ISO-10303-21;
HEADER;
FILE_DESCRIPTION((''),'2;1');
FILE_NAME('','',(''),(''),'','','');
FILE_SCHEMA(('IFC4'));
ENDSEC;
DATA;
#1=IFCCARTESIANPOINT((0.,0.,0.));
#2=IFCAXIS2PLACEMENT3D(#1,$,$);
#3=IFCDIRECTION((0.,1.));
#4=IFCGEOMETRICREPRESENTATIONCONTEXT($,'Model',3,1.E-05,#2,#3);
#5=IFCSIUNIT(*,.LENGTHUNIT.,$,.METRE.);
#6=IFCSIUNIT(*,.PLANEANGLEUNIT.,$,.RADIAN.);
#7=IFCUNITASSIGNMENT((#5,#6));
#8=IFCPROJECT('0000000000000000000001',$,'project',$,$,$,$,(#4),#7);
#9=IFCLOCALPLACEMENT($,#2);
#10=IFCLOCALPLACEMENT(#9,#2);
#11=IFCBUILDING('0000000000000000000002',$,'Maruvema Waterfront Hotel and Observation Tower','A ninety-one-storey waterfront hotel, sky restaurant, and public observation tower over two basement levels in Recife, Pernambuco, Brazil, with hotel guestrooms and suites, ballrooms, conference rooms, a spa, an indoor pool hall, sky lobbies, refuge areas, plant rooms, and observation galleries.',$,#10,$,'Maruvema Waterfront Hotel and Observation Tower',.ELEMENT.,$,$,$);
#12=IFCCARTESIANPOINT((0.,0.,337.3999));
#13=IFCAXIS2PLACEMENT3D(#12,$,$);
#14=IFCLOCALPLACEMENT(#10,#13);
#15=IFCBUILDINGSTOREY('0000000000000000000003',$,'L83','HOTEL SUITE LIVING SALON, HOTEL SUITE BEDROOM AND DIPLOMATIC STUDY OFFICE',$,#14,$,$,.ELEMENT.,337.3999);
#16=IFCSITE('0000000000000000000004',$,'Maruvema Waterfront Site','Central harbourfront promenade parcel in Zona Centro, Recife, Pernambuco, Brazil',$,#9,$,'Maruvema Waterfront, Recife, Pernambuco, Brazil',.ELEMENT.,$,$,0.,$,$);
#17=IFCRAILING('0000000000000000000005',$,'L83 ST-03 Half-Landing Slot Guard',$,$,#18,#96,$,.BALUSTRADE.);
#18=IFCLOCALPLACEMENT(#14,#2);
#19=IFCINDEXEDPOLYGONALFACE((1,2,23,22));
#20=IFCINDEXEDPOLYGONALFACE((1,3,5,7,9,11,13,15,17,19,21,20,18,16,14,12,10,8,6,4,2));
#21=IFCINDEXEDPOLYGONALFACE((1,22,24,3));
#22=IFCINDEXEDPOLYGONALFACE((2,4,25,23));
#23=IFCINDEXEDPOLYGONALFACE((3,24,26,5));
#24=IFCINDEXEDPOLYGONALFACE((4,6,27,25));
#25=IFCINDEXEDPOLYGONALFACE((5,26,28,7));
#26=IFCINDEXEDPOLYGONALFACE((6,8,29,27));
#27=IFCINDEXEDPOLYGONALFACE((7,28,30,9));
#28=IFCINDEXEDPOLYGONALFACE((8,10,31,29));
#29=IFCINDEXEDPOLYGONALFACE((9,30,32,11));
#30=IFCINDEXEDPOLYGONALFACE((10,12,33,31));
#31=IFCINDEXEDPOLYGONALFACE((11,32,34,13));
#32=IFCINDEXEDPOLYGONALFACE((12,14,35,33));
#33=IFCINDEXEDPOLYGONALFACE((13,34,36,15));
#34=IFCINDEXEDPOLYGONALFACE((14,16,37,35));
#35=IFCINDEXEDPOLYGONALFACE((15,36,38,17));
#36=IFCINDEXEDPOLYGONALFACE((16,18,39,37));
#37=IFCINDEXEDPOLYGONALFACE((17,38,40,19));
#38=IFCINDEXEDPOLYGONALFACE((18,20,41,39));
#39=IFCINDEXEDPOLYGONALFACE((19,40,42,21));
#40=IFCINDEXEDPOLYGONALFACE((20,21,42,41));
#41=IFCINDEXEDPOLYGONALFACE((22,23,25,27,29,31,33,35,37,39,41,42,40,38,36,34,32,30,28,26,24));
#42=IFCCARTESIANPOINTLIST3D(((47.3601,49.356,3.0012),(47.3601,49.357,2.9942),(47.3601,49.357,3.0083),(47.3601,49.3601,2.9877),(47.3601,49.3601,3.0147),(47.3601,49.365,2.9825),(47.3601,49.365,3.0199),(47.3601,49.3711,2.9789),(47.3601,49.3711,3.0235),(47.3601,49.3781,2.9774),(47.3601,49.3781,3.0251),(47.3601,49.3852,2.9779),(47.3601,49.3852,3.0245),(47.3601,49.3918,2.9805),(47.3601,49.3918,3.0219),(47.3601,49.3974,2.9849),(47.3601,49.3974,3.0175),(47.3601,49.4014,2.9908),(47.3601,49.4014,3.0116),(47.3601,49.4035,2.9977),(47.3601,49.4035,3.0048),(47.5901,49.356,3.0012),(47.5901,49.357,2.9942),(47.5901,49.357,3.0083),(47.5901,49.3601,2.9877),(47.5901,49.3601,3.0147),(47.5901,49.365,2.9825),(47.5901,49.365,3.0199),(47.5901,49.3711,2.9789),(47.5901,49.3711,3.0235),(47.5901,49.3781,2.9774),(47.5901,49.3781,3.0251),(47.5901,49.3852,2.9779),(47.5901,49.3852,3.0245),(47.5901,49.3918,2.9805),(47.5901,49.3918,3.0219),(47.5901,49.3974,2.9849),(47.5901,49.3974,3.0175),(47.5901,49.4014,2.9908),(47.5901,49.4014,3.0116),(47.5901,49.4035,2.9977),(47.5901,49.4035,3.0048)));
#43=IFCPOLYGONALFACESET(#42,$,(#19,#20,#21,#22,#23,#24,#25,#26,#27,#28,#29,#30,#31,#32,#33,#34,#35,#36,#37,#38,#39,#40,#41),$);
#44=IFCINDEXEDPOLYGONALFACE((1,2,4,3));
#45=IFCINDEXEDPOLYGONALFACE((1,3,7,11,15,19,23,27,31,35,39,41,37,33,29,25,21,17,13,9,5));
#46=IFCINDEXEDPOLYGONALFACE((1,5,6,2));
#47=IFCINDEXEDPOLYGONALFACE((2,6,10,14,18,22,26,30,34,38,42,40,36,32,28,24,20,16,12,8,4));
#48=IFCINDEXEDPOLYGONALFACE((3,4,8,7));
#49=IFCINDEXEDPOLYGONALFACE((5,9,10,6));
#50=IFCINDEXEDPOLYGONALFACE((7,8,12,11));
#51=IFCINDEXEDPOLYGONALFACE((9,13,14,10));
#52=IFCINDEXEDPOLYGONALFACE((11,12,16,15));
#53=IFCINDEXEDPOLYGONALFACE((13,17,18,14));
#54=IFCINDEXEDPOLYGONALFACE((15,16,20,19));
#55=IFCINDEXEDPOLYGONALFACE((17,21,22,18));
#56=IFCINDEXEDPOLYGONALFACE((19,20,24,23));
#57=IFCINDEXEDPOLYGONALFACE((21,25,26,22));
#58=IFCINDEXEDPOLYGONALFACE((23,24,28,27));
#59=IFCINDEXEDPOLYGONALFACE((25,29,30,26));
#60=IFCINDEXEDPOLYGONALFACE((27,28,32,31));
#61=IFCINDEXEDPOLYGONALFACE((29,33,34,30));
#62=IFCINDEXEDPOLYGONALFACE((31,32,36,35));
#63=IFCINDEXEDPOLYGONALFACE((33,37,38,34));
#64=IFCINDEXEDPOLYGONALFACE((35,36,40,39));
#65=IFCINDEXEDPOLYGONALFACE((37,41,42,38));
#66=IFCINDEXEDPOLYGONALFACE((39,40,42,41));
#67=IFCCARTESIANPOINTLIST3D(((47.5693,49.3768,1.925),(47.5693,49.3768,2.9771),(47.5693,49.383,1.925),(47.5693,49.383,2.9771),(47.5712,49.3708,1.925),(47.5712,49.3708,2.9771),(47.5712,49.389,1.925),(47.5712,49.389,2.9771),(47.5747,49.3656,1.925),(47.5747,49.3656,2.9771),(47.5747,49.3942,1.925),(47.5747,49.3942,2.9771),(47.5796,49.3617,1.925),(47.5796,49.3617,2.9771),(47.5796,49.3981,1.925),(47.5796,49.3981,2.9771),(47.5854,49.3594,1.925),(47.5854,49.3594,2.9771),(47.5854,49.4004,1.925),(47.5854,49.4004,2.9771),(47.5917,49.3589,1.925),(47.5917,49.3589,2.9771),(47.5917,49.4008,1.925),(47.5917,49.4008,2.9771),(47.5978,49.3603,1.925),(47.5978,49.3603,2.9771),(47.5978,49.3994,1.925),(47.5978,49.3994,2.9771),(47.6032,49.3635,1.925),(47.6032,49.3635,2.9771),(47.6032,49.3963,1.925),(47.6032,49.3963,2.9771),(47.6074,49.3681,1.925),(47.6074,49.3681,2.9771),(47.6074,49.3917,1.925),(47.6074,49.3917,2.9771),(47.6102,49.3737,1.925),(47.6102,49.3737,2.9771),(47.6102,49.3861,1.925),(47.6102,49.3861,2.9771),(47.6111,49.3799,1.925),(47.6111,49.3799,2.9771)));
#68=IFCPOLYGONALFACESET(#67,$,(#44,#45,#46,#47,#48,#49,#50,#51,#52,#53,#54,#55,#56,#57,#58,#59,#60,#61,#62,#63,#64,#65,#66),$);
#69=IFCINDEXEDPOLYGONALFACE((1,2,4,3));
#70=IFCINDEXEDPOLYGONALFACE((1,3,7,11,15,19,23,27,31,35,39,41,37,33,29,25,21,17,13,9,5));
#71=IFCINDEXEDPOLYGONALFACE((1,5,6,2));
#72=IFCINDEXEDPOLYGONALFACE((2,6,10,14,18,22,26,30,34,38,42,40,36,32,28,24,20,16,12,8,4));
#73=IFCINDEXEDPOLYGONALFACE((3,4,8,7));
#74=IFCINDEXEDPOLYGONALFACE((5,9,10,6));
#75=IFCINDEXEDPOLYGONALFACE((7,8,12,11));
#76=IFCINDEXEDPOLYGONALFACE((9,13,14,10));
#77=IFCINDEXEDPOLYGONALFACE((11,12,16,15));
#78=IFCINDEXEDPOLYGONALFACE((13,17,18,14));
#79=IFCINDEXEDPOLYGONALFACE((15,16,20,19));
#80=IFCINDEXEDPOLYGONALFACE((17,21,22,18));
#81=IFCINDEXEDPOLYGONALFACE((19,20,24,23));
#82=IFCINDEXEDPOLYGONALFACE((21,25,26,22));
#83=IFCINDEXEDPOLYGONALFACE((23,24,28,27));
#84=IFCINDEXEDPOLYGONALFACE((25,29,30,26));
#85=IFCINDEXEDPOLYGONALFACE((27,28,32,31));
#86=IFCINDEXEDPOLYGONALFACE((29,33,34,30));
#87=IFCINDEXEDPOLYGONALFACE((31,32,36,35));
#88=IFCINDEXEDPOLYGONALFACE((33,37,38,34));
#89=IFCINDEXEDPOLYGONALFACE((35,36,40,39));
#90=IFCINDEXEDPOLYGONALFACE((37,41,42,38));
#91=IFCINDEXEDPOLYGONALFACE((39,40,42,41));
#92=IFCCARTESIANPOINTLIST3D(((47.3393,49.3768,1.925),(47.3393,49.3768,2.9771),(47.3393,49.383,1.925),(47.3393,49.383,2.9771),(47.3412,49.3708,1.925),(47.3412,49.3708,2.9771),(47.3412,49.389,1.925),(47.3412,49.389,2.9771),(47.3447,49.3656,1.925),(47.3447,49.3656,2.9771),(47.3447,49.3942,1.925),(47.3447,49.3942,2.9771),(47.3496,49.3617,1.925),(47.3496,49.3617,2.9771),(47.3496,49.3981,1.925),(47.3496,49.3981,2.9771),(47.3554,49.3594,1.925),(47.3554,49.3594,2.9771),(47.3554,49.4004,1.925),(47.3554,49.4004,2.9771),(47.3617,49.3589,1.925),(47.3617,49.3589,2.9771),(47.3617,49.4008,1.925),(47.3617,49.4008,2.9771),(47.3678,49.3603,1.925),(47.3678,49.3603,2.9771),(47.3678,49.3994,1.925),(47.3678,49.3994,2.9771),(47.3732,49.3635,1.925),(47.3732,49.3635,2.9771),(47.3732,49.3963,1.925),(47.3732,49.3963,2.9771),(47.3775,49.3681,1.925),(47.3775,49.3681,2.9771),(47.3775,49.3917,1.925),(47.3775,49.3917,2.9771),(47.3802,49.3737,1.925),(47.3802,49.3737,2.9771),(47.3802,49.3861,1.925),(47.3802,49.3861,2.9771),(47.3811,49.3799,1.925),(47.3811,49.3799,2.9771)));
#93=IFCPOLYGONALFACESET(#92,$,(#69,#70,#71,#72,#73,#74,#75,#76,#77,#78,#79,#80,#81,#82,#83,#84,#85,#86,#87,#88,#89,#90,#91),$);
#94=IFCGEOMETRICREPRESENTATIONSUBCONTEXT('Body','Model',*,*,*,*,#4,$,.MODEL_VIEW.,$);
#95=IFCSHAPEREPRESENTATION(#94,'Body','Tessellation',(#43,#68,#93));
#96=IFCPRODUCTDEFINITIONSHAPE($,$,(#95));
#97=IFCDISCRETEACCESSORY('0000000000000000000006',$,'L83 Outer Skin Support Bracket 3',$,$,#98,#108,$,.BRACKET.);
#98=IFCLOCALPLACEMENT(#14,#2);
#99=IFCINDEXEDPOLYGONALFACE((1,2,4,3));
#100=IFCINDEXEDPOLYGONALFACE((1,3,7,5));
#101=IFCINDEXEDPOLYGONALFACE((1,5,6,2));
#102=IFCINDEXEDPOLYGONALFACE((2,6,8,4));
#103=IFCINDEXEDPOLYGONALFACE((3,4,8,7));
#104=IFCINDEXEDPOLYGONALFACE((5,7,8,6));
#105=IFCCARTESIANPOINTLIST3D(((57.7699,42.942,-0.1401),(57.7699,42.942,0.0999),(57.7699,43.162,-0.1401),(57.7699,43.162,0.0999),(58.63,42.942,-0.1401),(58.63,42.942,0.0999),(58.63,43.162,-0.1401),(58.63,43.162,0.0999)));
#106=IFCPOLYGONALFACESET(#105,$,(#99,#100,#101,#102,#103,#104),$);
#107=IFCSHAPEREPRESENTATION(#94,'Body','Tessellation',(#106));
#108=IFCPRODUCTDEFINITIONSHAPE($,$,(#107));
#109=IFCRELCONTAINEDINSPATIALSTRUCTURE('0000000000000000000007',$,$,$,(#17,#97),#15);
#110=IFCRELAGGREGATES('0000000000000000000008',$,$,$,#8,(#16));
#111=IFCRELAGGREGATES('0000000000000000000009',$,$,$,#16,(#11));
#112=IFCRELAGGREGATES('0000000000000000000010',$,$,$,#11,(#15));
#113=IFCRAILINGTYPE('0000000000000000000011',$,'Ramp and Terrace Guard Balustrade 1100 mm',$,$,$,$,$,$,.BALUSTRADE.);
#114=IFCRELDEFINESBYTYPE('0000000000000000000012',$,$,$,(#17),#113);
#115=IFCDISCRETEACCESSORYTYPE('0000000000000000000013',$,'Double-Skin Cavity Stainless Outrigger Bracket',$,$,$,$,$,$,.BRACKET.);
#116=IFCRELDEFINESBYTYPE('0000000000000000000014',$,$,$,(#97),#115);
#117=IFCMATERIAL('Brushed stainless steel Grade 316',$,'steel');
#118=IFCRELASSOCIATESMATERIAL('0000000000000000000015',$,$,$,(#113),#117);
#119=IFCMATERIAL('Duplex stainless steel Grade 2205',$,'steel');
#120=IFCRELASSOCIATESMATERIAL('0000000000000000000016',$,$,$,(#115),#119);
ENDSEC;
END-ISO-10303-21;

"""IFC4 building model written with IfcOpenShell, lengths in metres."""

from ifc_helpers import new_model, si_unit, direction, frame, origin, origin_2d, place, context, subcontext, project, spatial, rectangle, circle, extrude, material, type_object, element, save


model = new_model("IFC4")

# Units and contexts
model_context = context("Model", 3, precision=1e-05, world=origin(), true_north=direction((0.0, 1.0)))
body_context = subcontext(model_context, "Body", "Model", "MODEL_VIEW")
ifc_project = project(units=[si_unit("LENGTHUNIT", "METRE"), si_unit("PLANEANGLEUNIT", "RADIAN")], contexts=[model_context])

# Site, building, storey
site_placement = place(None, origin())
site = spatial("IfcSite", under=ifc_project, at=site_placement, Name="Maruvema Waterfront Site", Description="Central harbourfront promenade parcel in Zona Centro, Recife, Pernambuco, Brazil", LongName="Maruvema Waterfront, Recife, Pernambuco, Brazil", CompositionType="ELEMENT", RefElevation=0.0)
building_placement = place(site_placement, origin())
building = spatial("IfcBuilding", under=site, at=building_placement, Name="Maruvema Waterfront Hotel and Observation Tower", Description="A ninety-one-storey waterfront hotel, sky restaurant, and public observation tower over two basement levels in Recife, Pernambuco, Brazil, with hotel guestrooms and suites, ballrooms, conference rooms, a spa, an indoor pool hall, sky lobbies, refuge areas, plant rooms, and observation galleries.", LongName="Maruvema Waterfront Hotel and Observation Tower", CompositionType="ELEMENT")
storey_placement = place(building_placement, frame((0.0, 0.0, 337.3999)))
storey = spatial("IfcBuildingStorey", under=building, at=storey_placement, Name="L83", Description="HOTEL SUITE LIVING SALON, HOTEL SUITE BEDROOM AND DIPLOMATIC STUDY OFFICE", CompositionType="ELEMENT", Elevation=337.3999)

# Railing
ifc_material_1 = material(Name="Brushed stainless steel Grade 316", Category="steel")
railing_type_1 = type_object("IfcRailingType", Name="Ramp and Terrace Guard Balustrade 1100 mm", PredefinedType="BALUSTRADE", material=ifc_material_1)
railing_1_placement = place(storey_placement, frame((47.5901, 49.3799, 1.925)))
element("IfcRailing", 1, at=railing_1_placement, inside=storey, type_object=railing_type_1, Name="L83 ST-03 Half-Landing Slot Guard", PredefinedType="BALUSTRADE", context=body_context, shape_type="SweptSolid", body=[
    extrude(circle(Radius=0.0239, at=origin_2d()), frame((0.0, 0.0, 1.0762), z_axis=(-1.0, 0.0, 0.0), x_axis=(0.0, -1.0, 0.0)), (0.0, 0.0, 1.0), 0.23),
    extrude(circle(Radius=0.021, at=origin_2d()), origin(), (0.0, 0.0, 1.0), 1.052),
    extrude(circle(Radius=0.021, at=origin_2d()), frame((-0.23, 0.0, 0.0)), (0.0, 0.0, 1.0), 1.052),
])

# Discrete accessory
ifc_material_2 = material(Name="Duplex stainless steel Grade 2205", Category="steel")
discrete_accessory_type = type_object("IfcDiscreteAccessoryType", Name="Double-Skin Cavity Stainless Outrigger Bracket", PredefinedType="BRACKET", material=ifc_material_2)
discrete_accessory_placement = place(storey_placement, frame((58.2, 43.052, -0.1401), z_axis=(0.0, 0.0, 1.0), x_axis=(0.0, 1.0, 0.0)))
element("IfcDiscreteAccessory", 2, at=discrete_accessory_placement, inside=storey, type_object=discrete_accessory_type, Name="L83 Outer Skin Support Bracket 3", PredefinedType="BRACKET", context=body_context, shape_type="SweptSolid", body=[
    extrude(rectangle(XDim=0.22, YDim=0.8601, at=origin_2d()), origin(), (0.0, 0.0, 1.0), 0.24),
])

save(model, "model.ifc")
